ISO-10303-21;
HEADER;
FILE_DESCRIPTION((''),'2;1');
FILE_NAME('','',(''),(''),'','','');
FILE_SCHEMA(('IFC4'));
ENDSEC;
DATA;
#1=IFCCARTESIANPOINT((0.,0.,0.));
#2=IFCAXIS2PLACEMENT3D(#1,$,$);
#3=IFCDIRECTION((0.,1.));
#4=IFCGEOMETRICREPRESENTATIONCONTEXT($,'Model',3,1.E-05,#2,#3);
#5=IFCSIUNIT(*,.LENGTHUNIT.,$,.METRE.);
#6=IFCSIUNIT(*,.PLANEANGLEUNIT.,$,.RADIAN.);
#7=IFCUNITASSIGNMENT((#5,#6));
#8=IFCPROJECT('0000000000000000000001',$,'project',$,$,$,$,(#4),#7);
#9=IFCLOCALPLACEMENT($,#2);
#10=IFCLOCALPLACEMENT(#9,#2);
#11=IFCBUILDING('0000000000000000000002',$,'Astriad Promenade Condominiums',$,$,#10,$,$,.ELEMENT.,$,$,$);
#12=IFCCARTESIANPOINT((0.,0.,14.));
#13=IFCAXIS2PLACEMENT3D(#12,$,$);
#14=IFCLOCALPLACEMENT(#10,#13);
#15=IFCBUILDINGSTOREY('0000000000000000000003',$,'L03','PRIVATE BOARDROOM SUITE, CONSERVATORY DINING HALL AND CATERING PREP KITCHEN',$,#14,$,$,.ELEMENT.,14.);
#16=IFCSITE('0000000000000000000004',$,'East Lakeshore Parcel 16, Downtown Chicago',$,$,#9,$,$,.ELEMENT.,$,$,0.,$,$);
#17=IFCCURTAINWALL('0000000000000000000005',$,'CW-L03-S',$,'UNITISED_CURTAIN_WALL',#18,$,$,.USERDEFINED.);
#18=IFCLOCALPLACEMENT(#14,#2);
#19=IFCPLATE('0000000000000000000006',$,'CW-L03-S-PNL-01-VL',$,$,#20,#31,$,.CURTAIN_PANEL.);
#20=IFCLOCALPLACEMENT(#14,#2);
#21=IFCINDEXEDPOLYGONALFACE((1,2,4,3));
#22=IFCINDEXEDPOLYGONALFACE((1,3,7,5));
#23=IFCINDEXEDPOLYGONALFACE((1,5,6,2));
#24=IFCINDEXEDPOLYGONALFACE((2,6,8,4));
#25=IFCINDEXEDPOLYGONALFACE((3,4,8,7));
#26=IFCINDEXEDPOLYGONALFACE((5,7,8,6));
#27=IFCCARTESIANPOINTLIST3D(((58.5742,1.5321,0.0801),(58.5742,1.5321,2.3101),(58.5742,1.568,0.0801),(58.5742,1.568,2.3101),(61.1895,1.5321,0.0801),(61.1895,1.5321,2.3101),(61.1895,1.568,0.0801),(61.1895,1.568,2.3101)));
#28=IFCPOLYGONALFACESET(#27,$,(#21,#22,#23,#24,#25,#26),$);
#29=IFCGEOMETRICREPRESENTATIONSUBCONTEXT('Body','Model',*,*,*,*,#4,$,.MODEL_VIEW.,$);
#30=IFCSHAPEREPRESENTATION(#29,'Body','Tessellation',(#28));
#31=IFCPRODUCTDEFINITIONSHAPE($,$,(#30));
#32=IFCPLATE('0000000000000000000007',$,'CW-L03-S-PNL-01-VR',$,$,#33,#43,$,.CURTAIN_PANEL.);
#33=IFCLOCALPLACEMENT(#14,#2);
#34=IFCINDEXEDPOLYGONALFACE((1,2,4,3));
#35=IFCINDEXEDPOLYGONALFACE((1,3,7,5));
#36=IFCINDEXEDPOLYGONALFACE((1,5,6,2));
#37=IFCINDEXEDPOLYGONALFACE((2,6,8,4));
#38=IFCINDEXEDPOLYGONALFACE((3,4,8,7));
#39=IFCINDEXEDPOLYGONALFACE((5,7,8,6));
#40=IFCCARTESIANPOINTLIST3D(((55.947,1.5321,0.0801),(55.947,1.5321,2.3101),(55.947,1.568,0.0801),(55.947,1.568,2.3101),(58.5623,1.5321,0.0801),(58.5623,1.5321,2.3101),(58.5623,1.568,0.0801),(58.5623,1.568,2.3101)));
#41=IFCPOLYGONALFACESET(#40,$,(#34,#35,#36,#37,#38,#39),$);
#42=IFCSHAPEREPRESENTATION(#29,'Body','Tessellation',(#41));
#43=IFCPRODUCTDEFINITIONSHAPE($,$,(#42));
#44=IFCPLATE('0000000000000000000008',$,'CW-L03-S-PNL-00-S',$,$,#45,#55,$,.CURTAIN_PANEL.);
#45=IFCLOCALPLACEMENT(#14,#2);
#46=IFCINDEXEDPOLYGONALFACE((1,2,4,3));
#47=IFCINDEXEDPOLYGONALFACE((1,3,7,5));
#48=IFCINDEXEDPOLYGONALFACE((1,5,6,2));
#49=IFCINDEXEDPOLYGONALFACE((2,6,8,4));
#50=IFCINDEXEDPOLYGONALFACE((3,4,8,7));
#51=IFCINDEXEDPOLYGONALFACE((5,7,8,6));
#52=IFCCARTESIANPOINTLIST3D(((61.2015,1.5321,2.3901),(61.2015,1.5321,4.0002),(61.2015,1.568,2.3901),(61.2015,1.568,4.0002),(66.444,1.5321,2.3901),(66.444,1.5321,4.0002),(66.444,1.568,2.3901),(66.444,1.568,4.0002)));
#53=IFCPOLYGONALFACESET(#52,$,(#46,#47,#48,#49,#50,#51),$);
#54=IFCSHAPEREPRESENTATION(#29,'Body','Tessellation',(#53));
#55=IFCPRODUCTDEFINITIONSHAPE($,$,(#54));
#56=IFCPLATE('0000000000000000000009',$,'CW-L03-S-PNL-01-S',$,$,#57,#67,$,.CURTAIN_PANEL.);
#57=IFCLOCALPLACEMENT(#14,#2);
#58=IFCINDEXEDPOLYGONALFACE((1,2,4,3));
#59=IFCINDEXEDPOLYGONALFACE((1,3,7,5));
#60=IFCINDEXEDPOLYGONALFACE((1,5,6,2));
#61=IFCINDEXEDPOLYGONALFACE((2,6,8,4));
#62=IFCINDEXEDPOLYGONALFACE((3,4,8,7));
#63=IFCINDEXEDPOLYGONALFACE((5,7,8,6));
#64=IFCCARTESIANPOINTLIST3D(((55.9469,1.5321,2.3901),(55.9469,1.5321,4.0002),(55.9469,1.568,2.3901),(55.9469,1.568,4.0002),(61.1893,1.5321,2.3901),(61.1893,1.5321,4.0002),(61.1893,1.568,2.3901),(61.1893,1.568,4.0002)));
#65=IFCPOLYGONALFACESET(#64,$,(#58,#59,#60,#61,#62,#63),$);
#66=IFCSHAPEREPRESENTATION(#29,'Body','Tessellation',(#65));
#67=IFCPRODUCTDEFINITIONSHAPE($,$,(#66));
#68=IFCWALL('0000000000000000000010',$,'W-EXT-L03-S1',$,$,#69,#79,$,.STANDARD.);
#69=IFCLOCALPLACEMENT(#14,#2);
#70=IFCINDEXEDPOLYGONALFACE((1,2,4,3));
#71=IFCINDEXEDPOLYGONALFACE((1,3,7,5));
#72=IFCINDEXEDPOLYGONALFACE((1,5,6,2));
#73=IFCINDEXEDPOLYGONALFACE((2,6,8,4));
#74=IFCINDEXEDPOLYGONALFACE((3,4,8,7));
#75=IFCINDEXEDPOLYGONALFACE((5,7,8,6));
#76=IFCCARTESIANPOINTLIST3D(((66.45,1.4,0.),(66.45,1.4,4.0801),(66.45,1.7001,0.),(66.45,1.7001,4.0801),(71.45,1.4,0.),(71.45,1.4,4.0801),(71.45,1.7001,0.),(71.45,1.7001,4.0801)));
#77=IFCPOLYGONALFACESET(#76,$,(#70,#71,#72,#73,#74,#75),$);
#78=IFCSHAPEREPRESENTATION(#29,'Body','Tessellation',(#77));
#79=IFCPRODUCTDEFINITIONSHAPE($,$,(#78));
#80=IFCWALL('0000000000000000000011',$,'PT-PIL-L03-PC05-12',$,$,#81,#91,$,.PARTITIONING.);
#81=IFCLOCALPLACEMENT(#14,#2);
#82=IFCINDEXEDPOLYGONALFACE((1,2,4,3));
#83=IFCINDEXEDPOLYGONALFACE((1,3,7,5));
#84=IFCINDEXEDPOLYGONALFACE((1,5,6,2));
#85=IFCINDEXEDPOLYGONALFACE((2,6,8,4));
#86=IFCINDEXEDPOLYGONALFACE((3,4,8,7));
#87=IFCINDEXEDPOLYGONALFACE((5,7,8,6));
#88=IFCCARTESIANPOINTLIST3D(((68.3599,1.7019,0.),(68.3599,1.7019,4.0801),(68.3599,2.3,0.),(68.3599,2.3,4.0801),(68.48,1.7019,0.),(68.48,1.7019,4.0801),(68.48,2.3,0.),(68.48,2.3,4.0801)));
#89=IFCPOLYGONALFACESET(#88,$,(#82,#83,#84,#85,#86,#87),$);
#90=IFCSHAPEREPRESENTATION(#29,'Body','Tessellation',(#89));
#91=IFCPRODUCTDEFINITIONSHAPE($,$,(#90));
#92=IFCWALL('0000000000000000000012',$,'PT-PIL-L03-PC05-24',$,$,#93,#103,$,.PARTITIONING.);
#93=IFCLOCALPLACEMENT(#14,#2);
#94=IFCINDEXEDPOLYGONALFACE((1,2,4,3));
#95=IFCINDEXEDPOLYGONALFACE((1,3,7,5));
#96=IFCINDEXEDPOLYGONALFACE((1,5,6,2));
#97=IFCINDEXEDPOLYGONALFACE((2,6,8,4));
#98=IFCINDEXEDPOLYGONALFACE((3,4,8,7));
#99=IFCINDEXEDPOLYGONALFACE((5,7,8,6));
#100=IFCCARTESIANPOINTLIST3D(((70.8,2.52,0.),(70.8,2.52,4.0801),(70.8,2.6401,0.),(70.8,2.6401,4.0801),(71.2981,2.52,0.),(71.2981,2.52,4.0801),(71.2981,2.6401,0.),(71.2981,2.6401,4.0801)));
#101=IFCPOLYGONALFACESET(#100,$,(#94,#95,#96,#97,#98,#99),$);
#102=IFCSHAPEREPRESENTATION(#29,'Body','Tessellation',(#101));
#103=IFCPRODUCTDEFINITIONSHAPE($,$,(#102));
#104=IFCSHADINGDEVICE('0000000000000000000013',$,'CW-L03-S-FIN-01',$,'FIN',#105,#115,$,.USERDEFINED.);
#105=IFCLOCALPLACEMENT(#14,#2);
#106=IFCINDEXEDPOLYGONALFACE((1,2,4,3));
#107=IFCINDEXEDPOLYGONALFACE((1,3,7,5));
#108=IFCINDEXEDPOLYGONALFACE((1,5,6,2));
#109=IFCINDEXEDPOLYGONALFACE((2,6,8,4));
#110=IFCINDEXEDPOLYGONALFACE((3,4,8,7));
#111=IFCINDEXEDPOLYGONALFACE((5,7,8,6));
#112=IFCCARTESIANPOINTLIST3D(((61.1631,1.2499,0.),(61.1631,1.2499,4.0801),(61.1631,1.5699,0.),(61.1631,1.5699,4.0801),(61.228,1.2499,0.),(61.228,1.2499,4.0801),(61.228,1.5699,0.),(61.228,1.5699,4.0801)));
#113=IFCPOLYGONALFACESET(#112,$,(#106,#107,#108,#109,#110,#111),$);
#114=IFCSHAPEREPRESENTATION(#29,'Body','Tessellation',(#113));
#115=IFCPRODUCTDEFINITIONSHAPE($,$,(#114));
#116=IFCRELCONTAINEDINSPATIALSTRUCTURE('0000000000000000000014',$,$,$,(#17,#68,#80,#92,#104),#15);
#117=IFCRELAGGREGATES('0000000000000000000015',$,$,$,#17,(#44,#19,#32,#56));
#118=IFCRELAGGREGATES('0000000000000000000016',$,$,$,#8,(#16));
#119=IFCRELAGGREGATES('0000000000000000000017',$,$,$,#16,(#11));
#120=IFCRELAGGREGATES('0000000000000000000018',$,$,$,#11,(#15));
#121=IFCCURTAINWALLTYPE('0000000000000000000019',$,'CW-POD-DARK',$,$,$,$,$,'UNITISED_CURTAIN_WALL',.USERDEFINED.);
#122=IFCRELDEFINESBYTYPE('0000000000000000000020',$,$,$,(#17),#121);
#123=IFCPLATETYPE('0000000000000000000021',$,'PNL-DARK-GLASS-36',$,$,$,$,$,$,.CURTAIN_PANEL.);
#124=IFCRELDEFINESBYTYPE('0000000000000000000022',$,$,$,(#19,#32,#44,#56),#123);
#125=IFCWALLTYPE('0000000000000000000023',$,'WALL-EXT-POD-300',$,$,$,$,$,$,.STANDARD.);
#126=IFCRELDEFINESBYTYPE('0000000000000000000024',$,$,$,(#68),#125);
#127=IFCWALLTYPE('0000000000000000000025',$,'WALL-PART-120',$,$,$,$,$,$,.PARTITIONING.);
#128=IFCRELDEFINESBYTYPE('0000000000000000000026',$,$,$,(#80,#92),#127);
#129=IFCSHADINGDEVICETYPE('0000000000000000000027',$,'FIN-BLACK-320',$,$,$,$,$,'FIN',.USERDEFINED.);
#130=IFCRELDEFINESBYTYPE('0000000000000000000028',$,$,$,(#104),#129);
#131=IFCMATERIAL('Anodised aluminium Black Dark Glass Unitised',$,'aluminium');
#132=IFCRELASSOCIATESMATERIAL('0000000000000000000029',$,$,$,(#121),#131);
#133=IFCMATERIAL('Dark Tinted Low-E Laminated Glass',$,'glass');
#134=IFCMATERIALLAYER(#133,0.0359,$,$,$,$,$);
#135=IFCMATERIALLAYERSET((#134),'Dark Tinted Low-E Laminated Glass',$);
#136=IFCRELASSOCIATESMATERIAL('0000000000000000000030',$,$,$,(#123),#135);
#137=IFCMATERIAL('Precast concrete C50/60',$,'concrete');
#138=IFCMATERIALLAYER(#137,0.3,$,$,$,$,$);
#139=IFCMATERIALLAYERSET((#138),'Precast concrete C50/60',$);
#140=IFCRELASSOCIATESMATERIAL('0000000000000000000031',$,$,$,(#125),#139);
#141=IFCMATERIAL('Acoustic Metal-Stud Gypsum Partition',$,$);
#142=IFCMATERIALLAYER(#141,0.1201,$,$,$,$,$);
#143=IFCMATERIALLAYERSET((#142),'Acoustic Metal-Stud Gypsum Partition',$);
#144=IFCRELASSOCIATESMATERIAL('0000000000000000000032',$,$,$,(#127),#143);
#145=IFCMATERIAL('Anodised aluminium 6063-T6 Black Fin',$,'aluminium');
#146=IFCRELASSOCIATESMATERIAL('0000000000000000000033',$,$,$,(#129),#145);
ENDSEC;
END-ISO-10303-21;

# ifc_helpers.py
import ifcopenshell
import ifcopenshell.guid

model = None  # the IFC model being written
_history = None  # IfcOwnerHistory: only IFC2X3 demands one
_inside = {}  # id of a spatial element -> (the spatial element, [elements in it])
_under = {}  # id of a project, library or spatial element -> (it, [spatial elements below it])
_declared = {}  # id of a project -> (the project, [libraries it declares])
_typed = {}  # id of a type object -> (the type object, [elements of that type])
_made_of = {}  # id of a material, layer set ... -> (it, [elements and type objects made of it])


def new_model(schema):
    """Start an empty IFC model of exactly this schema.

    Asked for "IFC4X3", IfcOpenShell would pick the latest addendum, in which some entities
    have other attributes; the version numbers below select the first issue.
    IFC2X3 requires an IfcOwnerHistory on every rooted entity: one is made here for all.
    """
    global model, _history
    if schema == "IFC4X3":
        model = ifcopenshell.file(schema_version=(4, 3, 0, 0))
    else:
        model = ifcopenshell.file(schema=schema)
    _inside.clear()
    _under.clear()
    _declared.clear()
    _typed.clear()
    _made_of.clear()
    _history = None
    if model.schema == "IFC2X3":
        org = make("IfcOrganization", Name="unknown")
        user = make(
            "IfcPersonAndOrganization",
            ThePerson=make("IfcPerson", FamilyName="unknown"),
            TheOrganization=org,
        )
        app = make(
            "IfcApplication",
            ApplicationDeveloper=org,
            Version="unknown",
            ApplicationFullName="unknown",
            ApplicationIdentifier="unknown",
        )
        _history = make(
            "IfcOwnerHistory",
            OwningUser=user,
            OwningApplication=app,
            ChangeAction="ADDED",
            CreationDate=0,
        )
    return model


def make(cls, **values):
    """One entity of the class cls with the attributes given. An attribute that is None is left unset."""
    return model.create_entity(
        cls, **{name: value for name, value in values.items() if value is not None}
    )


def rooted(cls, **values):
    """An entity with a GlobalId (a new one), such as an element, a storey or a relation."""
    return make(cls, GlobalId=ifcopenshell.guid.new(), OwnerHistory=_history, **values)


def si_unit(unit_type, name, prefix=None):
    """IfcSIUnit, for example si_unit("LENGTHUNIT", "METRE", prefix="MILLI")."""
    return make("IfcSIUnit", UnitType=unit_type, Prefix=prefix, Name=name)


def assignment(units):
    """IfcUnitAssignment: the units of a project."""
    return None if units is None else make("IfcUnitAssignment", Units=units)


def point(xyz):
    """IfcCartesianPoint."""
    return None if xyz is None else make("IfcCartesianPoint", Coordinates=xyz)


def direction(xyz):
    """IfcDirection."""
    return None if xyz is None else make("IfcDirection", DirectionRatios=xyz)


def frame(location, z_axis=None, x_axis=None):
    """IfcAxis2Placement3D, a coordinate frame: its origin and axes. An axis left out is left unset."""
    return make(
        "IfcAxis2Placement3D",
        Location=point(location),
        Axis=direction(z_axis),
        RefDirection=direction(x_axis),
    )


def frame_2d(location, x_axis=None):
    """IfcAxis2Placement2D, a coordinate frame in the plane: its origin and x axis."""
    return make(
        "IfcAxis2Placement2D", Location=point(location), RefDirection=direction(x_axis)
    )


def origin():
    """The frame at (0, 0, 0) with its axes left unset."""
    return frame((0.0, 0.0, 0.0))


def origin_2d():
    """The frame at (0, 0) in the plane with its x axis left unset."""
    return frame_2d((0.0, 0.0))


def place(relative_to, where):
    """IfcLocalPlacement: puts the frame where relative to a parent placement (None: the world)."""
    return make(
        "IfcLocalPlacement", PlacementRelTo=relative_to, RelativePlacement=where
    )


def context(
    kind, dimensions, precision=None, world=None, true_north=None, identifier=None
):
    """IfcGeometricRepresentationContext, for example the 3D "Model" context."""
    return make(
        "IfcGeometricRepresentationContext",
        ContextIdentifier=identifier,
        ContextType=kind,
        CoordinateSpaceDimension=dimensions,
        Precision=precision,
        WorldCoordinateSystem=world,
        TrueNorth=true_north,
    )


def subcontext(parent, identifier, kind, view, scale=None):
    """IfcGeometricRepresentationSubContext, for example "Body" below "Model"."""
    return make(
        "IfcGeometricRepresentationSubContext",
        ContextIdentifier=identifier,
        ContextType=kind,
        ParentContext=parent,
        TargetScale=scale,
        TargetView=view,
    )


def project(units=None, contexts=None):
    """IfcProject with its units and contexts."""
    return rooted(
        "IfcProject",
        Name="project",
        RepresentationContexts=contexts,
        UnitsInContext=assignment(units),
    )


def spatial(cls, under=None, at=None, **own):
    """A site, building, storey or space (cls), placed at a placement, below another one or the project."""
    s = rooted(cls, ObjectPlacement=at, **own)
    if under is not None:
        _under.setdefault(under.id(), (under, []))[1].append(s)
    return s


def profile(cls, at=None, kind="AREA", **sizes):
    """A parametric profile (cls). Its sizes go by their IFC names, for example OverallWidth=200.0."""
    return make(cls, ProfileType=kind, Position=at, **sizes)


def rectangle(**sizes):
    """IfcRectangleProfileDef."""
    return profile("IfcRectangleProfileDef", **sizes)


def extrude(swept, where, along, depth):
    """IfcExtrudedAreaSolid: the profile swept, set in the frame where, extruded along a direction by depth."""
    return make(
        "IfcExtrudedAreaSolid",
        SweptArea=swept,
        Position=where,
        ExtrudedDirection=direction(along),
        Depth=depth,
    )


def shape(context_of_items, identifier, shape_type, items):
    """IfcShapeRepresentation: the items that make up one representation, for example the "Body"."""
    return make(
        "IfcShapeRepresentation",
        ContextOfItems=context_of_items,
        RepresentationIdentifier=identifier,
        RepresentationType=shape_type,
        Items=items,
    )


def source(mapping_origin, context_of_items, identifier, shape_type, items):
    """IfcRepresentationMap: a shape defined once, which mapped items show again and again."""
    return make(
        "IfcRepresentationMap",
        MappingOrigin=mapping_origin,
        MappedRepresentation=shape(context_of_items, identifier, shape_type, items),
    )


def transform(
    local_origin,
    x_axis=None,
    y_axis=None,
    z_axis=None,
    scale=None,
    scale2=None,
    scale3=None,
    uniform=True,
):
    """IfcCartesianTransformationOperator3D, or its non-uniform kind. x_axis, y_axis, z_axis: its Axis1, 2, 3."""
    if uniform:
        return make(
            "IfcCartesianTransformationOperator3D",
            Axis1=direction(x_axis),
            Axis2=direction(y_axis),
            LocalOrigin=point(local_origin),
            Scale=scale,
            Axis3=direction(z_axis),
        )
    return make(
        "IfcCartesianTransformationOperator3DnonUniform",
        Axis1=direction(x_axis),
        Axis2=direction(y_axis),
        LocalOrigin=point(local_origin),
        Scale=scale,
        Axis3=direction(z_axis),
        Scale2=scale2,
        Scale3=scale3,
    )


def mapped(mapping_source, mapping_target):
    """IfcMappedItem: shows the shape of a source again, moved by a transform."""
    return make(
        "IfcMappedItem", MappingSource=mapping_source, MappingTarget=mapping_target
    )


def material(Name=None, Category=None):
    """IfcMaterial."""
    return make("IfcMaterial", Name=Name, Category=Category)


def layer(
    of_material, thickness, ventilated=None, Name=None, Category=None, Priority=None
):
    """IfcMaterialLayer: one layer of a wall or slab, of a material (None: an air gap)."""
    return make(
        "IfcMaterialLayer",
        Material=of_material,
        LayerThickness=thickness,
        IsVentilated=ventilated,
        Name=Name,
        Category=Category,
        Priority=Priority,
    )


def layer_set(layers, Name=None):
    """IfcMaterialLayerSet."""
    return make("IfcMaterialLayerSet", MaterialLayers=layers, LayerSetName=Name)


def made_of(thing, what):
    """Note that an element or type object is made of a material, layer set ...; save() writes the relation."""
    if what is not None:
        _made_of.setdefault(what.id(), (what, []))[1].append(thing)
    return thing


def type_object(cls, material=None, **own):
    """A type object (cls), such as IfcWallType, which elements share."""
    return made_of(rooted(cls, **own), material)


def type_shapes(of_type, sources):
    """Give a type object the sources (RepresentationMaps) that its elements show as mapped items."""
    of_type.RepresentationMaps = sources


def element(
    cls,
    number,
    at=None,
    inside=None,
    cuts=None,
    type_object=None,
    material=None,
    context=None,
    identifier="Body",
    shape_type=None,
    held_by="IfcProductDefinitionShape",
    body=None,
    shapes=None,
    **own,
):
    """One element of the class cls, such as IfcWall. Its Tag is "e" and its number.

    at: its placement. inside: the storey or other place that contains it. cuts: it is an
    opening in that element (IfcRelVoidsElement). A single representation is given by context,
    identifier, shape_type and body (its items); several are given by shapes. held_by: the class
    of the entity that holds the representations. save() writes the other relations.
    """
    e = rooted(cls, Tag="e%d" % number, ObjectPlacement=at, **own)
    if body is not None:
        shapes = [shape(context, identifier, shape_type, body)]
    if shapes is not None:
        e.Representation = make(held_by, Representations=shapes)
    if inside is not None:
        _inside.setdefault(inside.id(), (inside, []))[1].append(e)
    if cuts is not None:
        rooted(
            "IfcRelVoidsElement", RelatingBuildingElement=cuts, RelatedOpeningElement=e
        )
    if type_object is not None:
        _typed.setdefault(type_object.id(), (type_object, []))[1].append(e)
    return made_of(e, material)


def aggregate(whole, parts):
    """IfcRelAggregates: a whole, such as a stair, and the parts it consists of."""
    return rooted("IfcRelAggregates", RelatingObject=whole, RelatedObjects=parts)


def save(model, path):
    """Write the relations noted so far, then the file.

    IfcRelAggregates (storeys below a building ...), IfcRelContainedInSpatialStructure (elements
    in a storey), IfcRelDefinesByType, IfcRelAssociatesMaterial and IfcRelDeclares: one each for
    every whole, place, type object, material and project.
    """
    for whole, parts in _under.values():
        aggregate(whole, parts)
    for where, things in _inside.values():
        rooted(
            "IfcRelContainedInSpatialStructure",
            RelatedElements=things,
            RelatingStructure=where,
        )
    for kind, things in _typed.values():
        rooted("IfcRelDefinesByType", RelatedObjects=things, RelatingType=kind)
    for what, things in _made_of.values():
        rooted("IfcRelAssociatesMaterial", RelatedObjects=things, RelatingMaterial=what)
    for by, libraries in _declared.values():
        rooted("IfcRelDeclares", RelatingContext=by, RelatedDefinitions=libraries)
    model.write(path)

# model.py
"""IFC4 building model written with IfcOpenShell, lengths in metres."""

from ifc_helpers import new_model, si_unit, direction, frame, frame_2d, origin, origin_2d, place, context, subcontext, project, spatial, rectangle, extrude, source, transform, mapped, material, layer, layer_set, type_object, type_shapes, element, aggregate, save


model = new_model("IFC4")

# Units and contexts
model_context = context("Model", 3, precision=1e-05, world=origin(), true_north=direction((0.0, 1.0)))
body_context = subcontext(model_context, "Body", "Model", "MODEL_VIEW")
ifc_project = project(units=[si_unit("LENGTHUNIT", "METRE"), si_unit("PLANEANGLEUNIT", "RADIAN")], contexts=[model_context])

# Site, building, storey
site_placement = place(None, origin())
site = spatial("IfcSite", under=ifc_project, at=site_placement, Name="East Lakeshore Parcel 16, Downtown Chicago", CompositionType="ELEMENT", RefElevation=0.0)
building_placement = place(site_placement, origin())
building = spatial("IfcBuilding", under=site, at=building_placement, Name="Astriad Promenade Condominiums", CompositionType="ELEMENT")
storey_placement = place(building_placement, frame((0.0, 0.0, 14.0)))
storey = spatial("IfcBuildingStorey", under=building, at=storey_placement, Name="L03", Description="PRIVATE BOARDROOM SUITE, CONSERVATORY DINING HALL AND CATERING PREP KITCHEN", CompositionType="ELEMENT", Elevation=14.0)

# Curtain wall
ifc_material_1 = material(Name="Anodised aluminium Black Dark Glass Unitised", Category="aluminium")
curtain_wall_type = type_object("IfcCurtainWallType", Name="CW-POD-DARK", ElementType="UNITISED_CURTAIN_WALL", PredefinedType="USERDEFINED", material=ifc_material_1)
curtain_wall_placement = place(storey_placement, origin())
curtain_wall = element("IfcCurtainWall", 1, at=curtain_wall_placement, inside=storey, type_object=curtain_wall_type, Name="CW-L03-S", ObjectType="UNITISED_CURTAIN_WALL", PredefinedType="USERDEFINED")

# Plates
ifc_material_2 = material(Name="Dark Tinted Low-E Laminated Glass", Category="glass")
ifc_layer_1 = layer(ifc_material_2, 0.0359)
ifc_layer_set_1 = layer_set([ifc_layer_1], Name="Dark Tinted Low-E Laminated Glass")
plate_type_1 = type_object("IfcPlateType", Name="PNL-DARK-GLASS-36", PredefinedType="CURTAIN_PANEL", material=ifc_layer_set_1)
shared_shape_1 = source(origin(), body_context, "Body", "SweptSolid", [
    extrude(rectangle(XDim=2.6152, YDim=0.0359, at=origin_2d()), origin(), (0.0, 0.0, 1.0), 2.23),
])
plate_1_placement = place(storey_placement, frame((59.8818, 1.55, 0.0801), z_axis=(0.0, 0.0, 1.0), x_axis=(-1.0, 0.0, 0.0)))
plate_1 = element("IfcPlate", 2, at=plate_1_placement, type_object=plate_type_1, Name="CW-L03-S-PNL-01-VL", PredefinedType="CURTAIN_PANEL", context=body_context, shape_type="MappedRepresentation", body=[
    mapped(shared_shape_1, transform((0.0, 0.0, 0.0), scale=1.0)),
])
plate_2_placement = place(storey_placement, frame((57.2546, 1.55, 0.0801), z_axis=(0.0, 0.0, 1.0), x_axis=(-1.0, 0.0, 0.0)))
plate_2 = element("IfcPlate", 3, at=plate_2_placement, type_object=plate_type_1, Name="CW-L03-S-PNL-01-VR", PredefinedType="CURTAIN_PANEL", context=body_context, shape_type="MappedRepresentation", body=[
    mapped(shared_shape_1, transform((0.0, 0.0, 0.0), scale=1.0)),
])
shared_shape_2 = source(origin(), body_context, "Body", "SweptSolid", [
    extrude(rectangle(XDim=5.2424, YDim=0.0359, at=origin_2d()), origin(), (0.0, 0.0, 1.0), 1.6101),
])
type_shapes(plate_type_1, [shared_shape_1, shared_shape_2])
plate_3_placement = place(storey_placement, frame((63.8228, 1.55, 2.3901), z_axis=(0.0, 0.0, 1.0), x_axis=(-1.0, 0.0, 0.0)))
plate_3 = element("IfcPlate", 4, at=plate_3_placement, type_object=plate_type_1, Name="CW-L03-S-PNL-00-S", PredefinedType="CURTAIN_PANEL", context=body_context, shape_type="MappedRepresentation", body=[
    mapped(shared_shape_2, transform((0.0, 0.0, 0.0), scale=1.0)),
])
plate_4_placement = place(storey_placement, frame((58.5681, 1.55, 2.3901), z_axis=(0.0, 0.0, 1.0), x_axis=(-1.0, 0.0, 0.0)))
plate_4 = element("IfcPlate", 5, at=plate_4_placement, type_object=plate_type_1, Name="CW-L03-S-PNL-01-S", PredefinedType="CURTAIN_PANEL", context=body_context, shape_type="MappedRepresentation", body=[
    mapped(shared_shape_2, transform((0.0, 0.0, 0.0), scale=1.0)),
])
aggregate(curtain_wall, [plate_3, plate_1, plate_2, plate_4])

# Walls
ifc_material_3 = material(Name="Precast concrete C50/60", Category="concrete")
ifc_layer_2 = layer(ifc_material_3, 0.3)
ifc_layer_set_2 = layer_set([ifc_layer_2], Name="Precast concrete C50/60")
wall_type_1 = type_object("IfcWallType", Name="WALL-EXT-POD-300", PredefinedType="STANDARD", material=ifc_layer_set_2)
wall_1_placement = place(storey_placement, frame((71.45, 1.55, 0.0), z_axis=(0.0, 0.0, 1.0), x_axis=(-1.0, 0.0, 0.0)))
element("IfcWall", 6, at=wall_1_placement, inside=storey, type_object=wall_type_1, Name="W-EXT-L03-S1", PredefinedType="STANDARD", context=body_context, shape_type="SweptSolid", body=[
    extrude(rectangle(XDim=5.0, YDim=0.3, at=frame_2d((2.5, 0.0))), origin(), (0.0, 0.0, 1.0), 4.0801),
])
ifc_material_4 = material(Name="Acoustic Metal-Stud Gypsum Partition")
ifc_layer_3 = layer(ifc_material_4, 0.1201)
ifc_layer_set_3 = layer_set([ifc_layer_3], Name="Acoustic Metal-Stud Gypsum Partition")
wall_type_2 = type_object("IfcWallType", Name="WALL-PART-120", PredefinedType="PARTITIONING", material=ifc_layer_set_3)
wall_2_placement = place(storey_placement, frame((68.4199, 2.3, 0.0), z_axis=(0.0, 0.0, 1.0), x_axis=(0.0, -1.0, 0.0)))
element("IfcWall", 7, at=wall_2_placement, inside=storey, type_object=wall_type_2, Name="PT-PIL-L03-PC05-12", PredefinedType="PARTITIONING", context=body_context, shape_type="SweptSolid", body=[
    extrude(rectangle(XDim=0.5981, YDim=0.1201, at=frame_2d((0.2991, 0.0))), origin(), (0.0, 0.0, 1.0), 4.0801),
])
wall_3_placement = place(storey_placement, frame((70.8, 2.5801, 0.0), z_axis=(0.0, 0.0, 1.0), x_axis=(1.0, 0.0, 0.0)))
element("IfcWall", 8, at=wall_3_placement, inside=storey, type_object=wall_type_2, Name="PT-PIL-L03-PC05-24", PredefinedType="PARTITIONING", context=body_context, shape_type="SweptSolid", body=[
    extrude(rectangle(XDim=0.498, YDim=0.1201, at=frame_2d((0.249, 0.0))), origin(), (0.0, 0.0, 1.0), 4.0801),
])

# Shading device
ifc_material_5 = material(Name="Anodised aluminium 6063-T6 Black Fin", Category="aluminium")
shading_device_type = type_object("IfcShadingDeviceType", Name="FIN-BLACK-320", ElementType="FIN", PredefinedType="USERDEFINED", material=ifc_material_5)
shared_shape_3 = source(origin(), body_context, "Body", "SweptSolid", [
    extrude(rectangle(XDim=0.0649, YDim=0.3201, at=origin_2d()), origin(), (0.0, 0.0, 1.0), 4.0801),
])
type_shapes(shading_device_type, [shared_shape_3])
shading_device_placement = place(storey_placement, frame((61.1956, 1.4099, 0.0), z_axis=(0.0, 0.0, 1.0), x_axis=(-1.0, 0.0, 0.0)))
element("IfcShadingDevice", 9, at=shading_device_placement, inside=storey, type_object=shading_device_type, Name="CW-L03-S-FIN-01", ObjectType="FIN", PredefinedType="USERDEFINED", context=body_context, shape_type="MappedRepresentation", body=[
    mapped(shared_shape_3, transform((0.0, 0.0, 0.0), scale=1.0)),
])

save(model, "model.ifc")
